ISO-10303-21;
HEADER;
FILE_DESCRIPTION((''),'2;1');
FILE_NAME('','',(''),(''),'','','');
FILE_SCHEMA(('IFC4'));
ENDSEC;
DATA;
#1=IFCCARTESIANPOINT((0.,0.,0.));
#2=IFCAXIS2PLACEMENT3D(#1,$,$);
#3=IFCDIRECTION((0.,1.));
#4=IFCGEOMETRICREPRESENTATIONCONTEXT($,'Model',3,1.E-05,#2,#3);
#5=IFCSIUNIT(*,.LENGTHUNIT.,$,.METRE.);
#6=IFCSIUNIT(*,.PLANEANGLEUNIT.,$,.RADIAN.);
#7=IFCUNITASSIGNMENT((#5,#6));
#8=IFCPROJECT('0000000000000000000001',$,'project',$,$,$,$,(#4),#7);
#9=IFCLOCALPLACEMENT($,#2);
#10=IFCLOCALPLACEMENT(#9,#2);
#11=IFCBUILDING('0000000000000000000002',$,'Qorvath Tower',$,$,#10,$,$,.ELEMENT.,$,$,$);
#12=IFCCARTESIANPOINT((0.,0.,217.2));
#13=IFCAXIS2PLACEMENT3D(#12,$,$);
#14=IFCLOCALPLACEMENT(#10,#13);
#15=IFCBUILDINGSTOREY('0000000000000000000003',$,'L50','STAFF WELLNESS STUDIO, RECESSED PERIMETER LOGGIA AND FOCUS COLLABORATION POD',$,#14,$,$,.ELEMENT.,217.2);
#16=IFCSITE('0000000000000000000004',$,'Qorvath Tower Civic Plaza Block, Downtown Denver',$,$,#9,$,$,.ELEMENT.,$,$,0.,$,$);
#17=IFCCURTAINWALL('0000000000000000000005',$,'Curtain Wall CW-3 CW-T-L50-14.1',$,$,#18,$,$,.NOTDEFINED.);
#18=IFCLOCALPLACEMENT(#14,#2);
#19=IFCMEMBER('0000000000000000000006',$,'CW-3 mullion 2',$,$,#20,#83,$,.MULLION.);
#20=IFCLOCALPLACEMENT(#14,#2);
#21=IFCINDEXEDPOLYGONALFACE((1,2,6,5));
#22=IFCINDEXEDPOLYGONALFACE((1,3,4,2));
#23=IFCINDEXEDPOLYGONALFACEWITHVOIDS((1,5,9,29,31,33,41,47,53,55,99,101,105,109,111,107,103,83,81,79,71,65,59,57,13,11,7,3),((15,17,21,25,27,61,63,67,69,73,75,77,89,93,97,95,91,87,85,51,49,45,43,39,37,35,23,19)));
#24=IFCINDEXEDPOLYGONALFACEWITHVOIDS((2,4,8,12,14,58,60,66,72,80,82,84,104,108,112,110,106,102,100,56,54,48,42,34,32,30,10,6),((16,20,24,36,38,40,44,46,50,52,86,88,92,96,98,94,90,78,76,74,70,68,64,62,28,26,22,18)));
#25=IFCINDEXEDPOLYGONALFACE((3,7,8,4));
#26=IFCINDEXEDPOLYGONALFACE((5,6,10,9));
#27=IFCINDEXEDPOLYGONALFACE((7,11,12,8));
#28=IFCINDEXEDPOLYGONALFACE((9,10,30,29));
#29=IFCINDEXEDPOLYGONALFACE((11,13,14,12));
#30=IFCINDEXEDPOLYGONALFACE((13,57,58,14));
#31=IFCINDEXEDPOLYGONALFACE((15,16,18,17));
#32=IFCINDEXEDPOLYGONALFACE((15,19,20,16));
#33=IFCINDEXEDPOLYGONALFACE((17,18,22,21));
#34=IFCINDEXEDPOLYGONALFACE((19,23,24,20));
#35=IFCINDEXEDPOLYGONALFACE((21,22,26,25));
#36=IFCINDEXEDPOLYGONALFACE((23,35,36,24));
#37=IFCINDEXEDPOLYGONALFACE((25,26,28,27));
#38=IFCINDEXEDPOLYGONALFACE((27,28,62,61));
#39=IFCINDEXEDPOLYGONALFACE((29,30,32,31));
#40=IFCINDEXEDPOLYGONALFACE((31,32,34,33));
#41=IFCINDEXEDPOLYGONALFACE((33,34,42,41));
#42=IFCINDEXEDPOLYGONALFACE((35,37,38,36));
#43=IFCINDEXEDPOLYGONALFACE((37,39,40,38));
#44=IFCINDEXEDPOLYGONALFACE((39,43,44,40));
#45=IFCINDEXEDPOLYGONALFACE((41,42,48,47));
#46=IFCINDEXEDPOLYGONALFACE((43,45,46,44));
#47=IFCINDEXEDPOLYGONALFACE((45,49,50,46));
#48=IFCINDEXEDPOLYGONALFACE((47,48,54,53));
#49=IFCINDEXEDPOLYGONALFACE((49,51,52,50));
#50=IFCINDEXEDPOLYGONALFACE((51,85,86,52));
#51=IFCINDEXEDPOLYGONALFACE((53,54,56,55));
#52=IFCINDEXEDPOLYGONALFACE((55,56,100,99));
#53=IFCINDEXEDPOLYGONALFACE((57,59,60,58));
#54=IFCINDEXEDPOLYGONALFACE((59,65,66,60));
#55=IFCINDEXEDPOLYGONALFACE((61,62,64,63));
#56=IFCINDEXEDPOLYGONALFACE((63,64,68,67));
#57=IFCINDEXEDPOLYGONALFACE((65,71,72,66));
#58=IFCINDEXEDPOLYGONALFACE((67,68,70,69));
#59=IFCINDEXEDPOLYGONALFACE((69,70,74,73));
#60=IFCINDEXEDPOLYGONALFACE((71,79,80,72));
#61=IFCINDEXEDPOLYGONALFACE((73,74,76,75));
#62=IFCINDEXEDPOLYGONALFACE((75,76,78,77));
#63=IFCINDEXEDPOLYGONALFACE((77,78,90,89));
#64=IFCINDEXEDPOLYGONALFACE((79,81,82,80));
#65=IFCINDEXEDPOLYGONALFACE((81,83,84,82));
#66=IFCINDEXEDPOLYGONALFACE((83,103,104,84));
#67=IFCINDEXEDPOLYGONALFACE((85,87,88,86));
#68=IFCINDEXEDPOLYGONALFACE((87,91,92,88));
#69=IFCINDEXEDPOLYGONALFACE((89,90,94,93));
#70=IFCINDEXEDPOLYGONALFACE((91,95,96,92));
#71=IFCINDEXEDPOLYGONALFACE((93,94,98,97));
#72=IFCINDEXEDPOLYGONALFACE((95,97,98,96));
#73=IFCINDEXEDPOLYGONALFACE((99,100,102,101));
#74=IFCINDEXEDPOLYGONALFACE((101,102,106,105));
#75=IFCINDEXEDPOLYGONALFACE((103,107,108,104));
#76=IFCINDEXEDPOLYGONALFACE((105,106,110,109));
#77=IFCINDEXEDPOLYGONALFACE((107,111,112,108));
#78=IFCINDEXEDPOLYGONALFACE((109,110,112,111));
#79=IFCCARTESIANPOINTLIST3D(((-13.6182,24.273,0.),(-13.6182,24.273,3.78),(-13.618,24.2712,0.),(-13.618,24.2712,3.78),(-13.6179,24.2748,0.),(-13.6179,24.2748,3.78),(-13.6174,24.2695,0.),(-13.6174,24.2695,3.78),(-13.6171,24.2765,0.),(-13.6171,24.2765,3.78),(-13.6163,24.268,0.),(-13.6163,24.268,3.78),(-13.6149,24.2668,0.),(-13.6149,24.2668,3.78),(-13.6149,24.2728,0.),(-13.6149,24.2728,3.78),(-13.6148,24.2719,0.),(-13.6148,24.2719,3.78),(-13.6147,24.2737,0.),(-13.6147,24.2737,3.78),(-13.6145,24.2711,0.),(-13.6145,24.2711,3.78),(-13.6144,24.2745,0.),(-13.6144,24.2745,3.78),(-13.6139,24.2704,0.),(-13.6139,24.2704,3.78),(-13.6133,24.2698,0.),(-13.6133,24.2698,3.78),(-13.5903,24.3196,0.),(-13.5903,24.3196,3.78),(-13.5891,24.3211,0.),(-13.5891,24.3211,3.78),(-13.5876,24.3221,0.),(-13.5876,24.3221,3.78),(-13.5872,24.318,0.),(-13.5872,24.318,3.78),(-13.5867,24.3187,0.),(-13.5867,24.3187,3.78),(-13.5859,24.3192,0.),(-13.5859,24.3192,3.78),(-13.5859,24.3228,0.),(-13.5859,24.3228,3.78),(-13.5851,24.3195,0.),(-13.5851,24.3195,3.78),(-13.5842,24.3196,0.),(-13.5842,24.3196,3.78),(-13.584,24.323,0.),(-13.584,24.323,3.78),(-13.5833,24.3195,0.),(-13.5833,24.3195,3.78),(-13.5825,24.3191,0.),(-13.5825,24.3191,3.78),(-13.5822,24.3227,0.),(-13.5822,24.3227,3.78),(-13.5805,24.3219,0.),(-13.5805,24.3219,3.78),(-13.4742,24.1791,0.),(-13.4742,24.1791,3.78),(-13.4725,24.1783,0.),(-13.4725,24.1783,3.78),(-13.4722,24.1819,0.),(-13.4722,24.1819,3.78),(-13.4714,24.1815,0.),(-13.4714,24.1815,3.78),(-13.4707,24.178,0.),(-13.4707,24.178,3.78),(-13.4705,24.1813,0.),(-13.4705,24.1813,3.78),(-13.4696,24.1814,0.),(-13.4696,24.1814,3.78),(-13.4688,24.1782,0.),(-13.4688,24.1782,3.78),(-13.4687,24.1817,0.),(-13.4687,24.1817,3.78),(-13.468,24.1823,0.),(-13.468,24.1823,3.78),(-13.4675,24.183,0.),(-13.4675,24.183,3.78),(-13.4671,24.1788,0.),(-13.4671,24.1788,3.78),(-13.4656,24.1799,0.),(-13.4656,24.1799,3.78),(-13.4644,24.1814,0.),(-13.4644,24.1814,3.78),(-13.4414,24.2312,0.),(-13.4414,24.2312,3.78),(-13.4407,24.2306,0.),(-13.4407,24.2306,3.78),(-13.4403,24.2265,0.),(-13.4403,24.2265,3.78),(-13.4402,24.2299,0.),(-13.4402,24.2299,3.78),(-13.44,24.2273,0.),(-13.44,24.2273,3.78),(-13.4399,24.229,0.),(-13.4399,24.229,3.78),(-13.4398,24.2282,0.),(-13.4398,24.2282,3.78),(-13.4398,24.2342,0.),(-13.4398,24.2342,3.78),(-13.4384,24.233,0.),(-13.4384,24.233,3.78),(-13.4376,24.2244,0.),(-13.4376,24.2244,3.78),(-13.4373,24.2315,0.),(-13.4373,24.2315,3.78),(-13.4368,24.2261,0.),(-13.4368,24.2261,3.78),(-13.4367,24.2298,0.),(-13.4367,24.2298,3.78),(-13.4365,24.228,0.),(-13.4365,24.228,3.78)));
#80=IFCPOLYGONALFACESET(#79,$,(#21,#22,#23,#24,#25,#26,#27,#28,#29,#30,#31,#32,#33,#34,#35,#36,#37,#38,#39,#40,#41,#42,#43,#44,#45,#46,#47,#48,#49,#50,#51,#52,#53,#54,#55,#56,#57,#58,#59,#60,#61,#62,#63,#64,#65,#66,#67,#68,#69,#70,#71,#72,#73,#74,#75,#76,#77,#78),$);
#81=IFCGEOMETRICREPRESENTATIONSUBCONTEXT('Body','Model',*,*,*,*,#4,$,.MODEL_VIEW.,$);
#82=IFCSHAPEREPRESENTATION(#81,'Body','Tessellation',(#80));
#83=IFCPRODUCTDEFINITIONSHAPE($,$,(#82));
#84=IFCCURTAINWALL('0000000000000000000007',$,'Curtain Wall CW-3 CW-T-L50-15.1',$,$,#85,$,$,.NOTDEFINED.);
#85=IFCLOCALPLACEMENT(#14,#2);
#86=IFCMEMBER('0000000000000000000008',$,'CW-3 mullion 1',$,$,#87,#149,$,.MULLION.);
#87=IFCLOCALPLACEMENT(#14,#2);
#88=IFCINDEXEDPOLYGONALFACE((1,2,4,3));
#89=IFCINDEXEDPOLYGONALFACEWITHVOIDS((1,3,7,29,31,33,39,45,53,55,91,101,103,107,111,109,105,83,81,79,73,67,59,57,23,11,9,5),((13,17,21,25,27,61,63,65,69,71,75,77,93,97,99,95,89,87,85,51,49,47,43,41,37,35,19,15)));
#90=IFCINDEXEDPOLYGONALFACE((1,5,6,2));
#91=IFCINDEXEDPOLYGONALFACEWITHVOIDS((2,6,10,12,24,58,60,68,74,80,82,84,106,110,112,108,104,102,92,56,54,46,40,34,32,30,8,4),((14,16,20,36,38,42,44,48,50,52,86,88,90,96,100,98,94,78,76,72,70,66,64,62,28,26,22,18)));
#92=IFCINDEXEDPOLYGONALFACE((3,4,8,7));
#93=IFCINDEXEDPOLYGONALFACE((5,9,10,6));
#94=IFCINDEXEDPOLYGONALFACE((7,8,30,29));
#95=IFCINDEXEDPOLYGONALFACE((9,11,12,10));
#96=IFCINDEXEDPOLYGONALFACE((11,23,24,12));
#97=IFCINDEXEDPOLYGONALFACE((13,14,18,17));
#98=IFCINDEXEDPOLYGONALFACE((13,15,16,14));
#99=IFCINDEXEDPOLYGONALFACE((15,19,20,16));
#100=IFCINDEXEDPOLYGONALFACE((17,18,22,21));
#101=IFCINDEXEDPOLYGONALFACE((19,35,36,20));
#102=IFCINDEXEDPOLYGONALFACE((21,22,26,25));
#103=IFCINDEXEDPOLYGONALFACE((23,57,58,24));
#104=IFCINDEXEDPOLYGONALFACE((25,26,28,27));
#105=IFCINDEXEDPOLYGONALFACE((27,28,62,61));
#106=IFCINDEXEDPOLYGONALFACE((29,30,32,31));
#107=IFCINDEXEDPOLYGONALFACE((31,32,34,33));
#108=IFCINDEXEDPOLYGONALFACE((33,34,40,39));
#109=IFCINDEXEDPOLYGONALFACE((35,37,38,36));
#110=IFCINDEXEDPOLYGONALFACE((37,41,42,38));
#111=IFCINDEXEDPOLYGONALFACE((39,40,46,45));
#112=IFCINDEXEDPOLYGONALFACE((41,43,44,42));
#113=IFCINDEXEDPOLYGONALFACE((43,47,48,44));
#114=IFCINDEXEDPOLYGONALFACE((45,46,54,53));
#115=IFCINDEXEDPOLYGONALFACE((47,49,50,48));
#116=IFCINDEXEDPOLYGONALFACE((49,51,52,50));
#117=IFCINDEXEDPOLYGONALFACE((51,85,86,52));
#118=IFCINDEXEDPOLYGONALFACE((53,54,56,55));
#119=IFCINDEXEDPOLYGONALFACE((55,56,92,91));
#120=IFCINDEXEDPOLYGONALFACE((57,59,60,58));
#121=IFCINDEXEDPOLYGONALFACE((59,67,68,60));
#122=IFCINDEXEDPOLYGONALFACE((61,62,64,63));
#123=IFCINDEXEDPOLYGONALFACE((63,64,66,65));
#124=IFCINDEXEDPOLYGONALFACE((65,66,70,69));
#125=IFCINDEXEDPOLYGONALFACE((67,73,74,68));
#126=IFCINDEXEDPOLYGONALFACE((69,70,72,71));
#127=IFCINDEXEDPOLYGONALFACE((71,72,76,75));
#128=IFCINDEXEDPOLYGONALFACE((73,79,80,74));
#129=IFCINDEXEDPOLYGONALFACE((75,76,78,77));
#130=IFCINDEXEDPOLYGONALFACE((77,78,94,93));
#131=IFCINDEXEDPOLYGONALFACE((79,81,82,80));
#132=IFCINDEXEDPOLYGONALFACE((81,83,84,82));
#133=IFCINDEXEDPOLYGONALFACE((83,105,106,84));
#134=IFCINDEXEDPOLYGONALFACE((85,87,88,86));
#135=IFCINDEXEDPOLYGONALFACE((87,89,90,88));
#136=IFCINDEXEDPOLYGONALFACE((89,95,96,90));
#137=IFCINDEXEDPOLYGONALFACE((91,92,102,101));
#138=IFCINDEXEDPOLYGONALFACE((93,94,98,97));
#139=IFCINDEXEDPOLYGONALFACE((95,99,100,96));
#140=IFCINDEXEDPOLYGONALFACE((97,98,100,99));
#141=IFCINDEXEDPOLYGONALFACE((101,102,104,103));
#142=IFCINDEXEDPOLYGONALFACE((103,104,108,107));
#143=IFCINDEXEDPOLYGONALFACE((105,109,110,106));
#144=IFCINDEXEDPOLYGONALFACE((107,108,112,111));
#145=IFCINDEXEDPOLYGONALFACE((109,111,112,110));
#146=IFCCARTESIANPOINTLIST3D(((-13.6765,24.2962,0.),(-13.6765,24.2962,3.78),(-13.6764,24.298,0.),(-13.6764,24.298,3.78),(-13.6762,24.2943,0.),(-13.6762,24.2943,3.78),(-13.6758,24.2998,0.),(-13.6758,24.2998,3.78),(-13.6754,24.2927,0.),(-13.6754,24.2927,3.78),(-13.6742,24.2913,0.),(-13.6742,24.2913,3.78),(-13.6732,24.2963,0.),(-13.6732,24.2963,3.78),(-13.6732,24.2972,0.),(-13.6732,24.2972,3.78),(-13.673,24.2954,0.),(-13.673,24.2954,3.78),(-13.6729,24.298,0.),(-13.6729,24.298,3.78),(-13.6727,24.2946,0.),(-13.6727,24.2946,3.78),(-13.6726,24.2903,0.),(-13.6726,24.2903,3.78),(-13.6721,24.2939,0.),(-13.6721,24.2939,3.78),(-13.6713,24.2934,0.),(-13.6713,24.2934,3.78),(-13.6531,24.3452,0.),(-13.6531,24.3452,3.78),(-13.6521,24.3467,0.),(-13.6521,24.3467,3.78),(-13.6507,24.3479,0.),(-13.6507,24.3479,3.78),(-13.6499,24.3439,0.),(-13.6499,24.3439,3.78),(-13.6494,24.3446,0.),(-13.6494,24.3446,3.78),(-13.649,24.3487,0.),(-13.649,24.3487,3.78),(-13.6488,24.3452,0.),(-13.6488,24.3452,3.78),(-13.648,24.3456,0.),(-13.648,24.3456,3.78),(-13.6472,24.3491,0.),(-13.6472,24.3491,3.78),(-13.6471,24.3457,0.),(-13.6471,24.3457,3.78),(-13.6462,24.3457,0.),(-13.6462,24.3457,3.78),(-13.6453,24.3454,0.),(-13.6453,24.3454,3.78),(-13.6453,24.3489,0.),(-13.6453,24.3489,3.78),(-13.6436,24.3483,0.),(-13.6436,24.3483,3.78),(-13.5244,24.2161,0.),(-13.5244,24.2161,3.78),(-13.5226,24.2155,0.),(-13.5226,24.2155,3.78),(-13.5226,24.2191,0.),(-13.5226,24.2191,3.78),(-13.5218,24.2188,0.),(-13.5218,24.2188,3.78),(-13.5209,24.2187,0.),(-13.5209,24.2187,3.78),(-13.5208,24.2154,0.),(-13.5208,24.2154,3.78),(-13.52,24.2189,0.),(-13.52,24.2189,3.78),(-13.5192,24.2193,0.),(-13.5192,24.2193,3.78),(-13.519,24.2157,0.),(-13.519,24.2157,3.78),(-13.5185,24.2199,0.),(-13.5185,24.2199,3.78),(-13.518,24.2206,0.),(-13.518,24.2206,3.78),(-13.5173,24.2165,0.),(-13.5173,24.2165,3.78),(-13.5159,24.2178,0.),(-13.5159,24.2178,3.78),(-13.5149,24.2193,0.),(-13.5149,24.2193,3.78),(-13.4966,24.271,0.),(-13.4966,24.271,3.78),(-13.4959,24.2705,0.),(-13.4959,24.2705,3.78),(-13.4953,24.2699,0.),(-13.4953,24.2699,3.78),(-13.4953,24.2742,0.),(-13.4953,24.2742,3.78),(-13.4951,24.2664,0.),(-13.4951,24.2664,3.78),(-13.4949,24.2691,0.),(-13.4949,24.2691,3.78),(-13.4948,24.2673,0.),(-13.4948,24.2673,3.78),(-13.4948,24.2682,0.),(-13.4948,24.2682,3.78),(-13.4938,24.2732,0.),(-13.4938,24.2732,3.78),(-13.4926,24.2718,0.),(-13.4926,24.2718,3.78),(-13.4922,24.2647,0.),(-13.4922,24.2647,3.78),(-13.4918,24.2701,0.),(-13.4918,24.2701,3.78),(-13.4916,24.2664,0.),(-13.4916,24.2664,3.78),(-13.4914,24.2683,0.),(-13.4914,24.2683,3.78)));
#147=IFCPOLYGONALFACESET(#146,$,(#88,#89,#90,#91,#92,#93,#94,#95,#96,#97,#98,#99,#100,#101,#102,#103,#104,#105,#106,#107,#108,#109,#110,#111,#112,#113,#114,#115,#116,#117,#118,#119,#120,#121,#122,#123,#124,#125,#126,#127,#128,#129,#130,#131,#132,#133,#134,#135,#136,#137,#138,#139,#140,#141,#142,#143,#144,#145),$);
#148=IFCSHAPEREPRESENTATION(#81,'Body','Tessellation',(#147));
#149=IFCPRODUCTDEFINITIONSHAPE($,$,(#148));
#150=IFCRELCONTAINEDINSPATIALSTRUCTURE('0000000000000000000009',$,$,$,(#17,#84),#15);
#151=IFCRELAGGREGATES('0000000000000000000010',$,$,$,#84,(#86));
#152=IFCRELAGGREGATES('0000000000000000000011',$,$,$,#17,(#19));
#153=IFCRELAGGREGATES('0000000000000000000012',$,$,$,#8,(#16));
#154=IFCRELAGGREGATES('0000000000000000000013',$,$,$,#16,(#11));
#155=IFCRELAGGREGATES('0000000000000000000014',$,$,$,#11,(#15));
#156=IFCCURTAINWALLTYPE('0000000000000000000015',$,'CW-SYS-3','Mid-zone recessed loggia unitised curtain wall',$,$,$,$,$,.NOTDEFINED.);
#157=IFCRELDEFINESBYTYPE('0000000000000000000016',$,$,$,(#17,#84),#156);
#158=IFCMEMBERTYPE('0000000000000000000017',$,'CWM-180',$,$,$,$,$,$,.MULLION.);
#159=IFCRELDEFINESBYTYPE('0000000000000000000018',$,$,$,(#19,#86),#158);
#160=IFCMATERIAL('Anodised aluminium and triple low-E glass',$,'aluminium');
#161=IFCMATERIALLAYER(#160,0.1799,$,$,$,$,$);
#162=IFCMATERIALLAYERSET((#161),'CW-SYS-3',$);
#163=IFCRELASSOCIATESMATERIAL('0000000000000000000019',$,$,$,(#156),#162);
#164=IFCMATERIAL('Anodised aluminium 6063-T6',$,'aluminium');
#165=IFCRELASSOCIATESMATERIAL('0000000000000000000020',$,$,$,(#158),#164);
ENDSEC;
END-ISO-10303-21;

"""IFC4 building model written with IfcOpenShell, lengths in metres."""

from ifc_helpers import new_model, si_unit, direction, frame, origin, origin_2d, place, context, subcontext, project, spatial, hollow_rectangle, extrude, material, layer, layer_set, material_profile, profile_set, type_object, element, aggregate, save


model = new_model("IFC4")

# Units and contexts
model_context = context("Model", 3, precision=1e-05, world=origin(), true_north=direction((0.0, 1.0)))
body_context = subcontext(model_context, "Body", "Model", "MODEL_VIEW")
ifc_project = project(units=[si_unit("LENGTHUNIT", "METRE"), si_unit("PLANEANGLEUNIT", "RADIAN")], contexts=[model_context])

# Site, building, storey
site_placement = place(None, origin())
site = spatial("IfcSite", under=ifc_project, at=site_placement, Name="Qorvath Tower Civic Plaza Block, Downtown Denver", CompositionType="ELEMENT", RefElevation=0.0)
building_placement = place(site_placement, origin())
building = spatial("IfcBuilding", under=site, at=building_placement, Name="Qorvath Tower", CompositionType="ELEMENT")
storey_placement = place(building_placement, frame((0.0, 0.0, 217.2)))
storey = spatial("IfcBuildingStorey", under=building, at=storey_placement, Name="L50", Description="STAFF WELLNESS STUDIO, RECESSED PERIMETER LOGGIA AND FOCUS COLLABORATION POD", CompositionType="ELEMENT", Elevation=217.2)

# Shared definitions
ifc_material_1 = material(Name="Anodised aluminium and triple low-E glass", Category="aluminium")
ifc_layer_1 = layer(ifc_material_1, 0.1799)
ifc_layer_set_1 = layer_set([ifc_layer_1], Name="CW-SYS-3")
curtain_wall_type = type_object("IfcCurtainWallType", Name="CW-SYS-3", Description="Mid-zone recessed loggia unitised curtain wall", PredefinedType="NOTDEFINED", material=ifc_layer_set_1)
ifc_material_2 = material(Name="Anodised aluminium 6063-T6", Category="aluminium")
ifc_material_profile_1 = material_profile(ifc_material_2, hollow_rectangle(XDim=0.0649, YDim=0.1799, WallThickness=0.0034, InnerFilletRadius=0.0034, OuterFilletRadius=0.0071, at=origin_2d()), Name="CWM 180x65")
ifc_profile_set_1 = profile_set([ifc_material_profile_1], Name="Anodised aluminium 6063-T6")
member_type_1 = type_object("IfcMemberType", Name="CWM-180", PredefinedType="MULLION", material=ifc_profile_set_1)

# Curtain wall, member
curtain_wall_1_placement = place(storey_placement, origin())
curtain_wall_1 = element("IfcCurtainWall", 1, at=curtain_wall_1_placement, inside=storey, type_object=curtain_wall_type, Name="Curtain Wall CW-3 CW-T-L50-14.1", PredefinedType="NOTDEFINED")
member_1_placement = place(storey_placement, frame((-13.5273, 24.2505, 0.0), z_axis=(0.0, 0.0, 1.0), x_axis=(-0.528982, -0.848633, 0.0)))
member_1 = element("IfcMember", 2, at=member_1_placement, type_object=member_type_1, Name="CW-3 mullion 2", PredefinedType="MULLION", context=body_context, shape_type="SweptSolid", body=[
    extrude(hollow_rectangle(XDim=0.0649, YDim=0.1799, WallThickness=0.0034, InnerFilletRadius=0.0034, OuterFilletRadius=0.0071, at=origin_2d()), origin(), (0.0, 0.0, 1.0), 3.78),
])

# Curtain wall, member
curtain_wall_2_placement = place(storey_placement, origin())
curtain_wall_2 = element("IfcCurtainWall", 3, at=curtain_wall_2_placement, inside=storey, type_object=curtain_wall_type, Name="Curtain Wall CW-3 CW-T-L50-15.1", PredefinedType="NOTDEFINED")
member_2_placement = place(storey_placement, frame((-13.584, 24.2822, 0.0), z_axis=(0.0, 0.0, 1.0), x_axis=(-0.447223, -0.894422, 0.0)))
member_2 = element("IfcMember", 4, at=member_2_placement, type_object=member_type_1, Name="CW-3 mullion 1", PredefinedType="MULLION", context=body_context, shape_type="SweptSolid", body=[
    extrude(hollow_rectangle(XDim=0.0649, YDim=0.1799, WallThickness=0.0034, InnerFilletRadius=0.0034, OuterFilletRadius=0.0071, at=origin_2d()), origin(), (0.0, 0.0, 1.0), 3.78),
])

aggregate(curtain_wall_2, [member_2])

aggregate(curtain_wall_1, [member_1])

save(model, "model.ifc")
